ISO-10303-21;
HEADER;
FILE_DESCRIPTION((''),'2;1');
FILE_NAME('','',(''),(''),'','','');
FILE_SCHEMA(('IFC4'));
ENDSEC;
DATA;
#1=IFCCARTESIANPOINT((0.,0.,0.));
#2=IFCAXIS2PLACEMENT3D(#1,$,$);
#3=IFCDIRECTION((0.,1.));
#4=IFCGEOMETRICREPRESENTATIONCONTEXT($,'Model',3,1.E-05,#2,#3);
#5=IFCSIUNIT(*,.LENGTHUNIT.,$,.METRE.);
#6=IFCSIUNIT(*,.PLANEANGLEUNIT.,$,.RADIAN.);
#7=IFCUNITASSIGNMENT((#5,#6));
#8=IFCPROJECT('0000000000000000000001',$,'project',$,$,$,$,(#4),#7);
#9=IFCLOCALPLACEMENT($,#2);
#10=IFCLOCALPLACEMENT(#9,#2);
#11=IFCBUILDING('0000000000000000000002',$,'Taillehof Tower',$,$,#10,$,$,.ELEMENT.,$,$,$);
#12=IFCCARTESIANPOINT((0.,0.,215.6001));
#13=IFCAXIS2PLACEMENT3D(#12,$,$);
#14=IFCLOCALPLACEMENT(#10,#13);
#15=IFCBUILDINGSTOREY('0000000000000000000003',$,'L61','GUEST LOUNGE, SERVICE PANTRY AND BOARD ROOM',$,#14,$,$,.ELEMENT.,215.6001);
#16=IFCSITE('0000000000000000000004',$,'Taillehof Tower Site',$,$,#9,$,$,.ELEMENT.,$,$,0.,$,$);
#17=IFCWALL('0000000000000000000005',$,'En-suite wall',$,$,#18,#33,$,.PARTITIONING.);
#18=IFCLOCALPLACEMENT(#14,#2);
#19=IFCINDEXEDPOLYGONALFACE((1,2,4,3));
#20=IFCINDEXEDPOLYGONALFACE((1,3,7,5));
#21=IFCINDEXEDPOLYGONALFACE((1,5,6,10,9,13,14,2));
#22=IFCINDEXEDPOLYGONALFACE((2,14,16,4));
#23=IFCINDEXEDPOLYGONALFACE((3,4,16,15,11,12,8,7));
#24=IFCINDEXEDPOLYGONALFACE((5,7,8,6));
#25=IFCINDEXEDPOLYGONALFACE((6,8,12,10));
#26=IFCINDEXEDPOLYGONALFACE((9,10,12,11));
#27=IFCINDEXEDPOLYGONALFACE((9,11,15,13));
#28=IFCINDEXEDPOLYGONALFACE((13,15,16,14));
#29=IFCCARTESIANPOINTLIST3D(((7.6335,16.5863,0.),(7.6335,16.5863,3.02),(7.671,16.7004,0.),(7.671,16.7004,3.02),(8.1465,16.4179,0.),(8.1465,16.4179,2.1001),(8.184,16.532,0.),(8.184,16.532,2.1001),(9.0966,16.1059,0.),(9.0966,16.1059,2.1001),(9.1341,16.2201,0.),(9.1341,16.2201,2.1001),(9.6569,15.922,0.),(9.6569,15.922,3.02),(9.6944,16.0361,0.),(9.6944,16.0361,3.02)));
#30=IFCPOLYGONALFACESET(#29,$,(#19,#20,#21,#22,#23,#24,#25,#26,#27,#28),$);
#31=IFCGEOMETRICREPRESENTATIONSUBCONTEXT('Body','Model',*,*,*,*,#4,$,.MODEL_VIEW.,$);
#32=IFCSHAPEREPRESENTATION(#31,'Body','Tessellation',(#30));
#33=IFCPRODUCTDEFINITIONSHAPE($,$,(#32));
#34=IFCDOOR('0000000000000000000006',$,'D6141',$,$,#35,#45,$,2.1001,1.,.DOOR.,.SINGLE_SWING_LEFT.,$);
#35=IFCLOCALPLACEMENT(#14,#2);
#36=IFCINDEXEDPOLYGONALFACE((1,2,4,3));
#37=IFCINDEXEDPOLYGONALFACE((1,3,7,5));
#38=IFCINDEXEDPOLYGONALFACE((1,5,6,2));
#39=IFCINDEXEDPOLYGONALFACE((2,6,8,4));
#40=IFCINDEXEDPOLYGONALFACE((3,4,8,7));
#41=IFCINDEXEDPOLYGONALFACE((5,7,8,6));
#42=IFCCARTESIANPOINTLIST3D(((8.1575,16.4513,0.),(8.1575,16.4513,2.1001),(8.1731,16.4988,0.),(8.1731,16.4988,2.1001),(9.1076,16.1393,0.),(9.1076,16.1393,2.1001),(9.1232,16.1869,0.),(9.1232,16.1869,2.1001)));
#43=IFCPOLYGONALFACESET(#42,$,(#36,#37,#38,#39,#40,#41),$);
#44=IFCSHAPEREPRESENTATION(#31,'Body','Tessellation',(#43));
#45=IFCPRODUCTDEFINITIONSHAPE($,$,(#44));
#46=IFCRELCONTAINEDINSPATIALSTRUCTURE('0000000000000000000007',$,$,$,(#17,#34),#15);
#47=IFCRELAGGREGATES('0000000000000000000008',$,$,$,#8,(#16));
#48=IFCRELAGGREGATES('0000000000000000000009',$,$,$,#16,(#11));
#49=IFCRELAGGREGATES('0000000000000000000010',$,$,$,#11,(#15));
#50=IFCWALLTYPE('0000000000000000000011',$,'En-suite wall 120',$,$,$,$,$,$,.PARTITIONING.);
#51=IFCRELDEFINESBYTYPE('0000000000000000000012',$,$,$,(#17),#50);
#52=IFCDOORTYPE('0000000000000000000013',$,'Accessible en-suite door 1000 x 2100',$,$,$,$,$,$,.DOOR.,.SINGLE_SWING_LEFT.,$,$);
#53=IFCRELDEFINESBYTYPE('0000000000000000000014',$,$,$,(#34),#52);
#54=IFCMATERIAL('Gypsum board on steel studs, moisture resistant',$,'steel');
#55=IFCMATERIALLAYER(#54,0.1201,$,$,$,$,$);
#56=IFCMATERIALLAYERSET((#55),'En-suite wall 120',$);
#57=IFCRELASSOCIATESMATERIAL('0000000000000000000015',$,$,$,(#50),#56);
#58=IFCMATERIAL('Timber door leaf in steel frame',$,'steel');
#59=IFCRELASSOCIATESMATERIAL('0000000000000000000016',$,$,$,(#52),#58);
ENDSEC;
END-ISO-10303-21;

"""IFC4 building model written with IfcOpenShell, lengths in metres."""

from ifc_helpers import new_model, si_unit, direction, frame, frame_2d, origin, place, context, subcontext, project, spatial, rectangle, extrude, material, layer, layer_set, type_object, element, fill, save


model = new_model("IFC4")

# Units and contexts
model_context = context("Model", 3, precision=1e-05, world=origin(), true_north=direction((0.0, 1.0)))
body_context = subcontext(model_context, "Body", "Model", "MODEL_VIEW")
ifc_project = project(units=[si_unit("LENGTHUNIT", "METRE"), si_unit("PLANEANGLEUNIT", "RADIAN")], contexts=[model_context])

# Site, building, storey
site_placement = place(None, origin())
site = spatial("IfcSite", under=ifc_project, at=site_placement, Name="Taillehof Tower Site", CompositionType="ELEMENT", RefElevation=0.0)
building_placement = place(site_placement, origin())
building = spatial("IfcBuilding", under=site, at=building_placement, Name="Taillehof Tower", CompositionType="ELEMENT")
storey_placement = place(building_placement, frame((0.0, 0.0, 215.6001)))
storey = spatial("IfcBuildingStorey", under=building, at=storey_placement, Name="L61", Description="GUEST LOUNGE, SERVICE PANTRY AND BOARD ROOM", CompositionType="ELEMENT", Elevation=215.6001)

# Wall, opening, door
ifc_material_1 = material(Name="Gypsum board on steel studs, moisture resistant", Category="steel")
ifc_layer_1 = layer(ifc_material_1, 0.1201)
ifc_layer_set_1 = layer_set([ifc_layer_1], Name="En-suite wall 120")
wall_type_1 = type_object("IfcWallType", Name="En-suite wall 120", PredefinedType="PARTITIONING", material=ifc_layer_set_1)
wall_1_placement = place(storey_placement, frame((9.6758, 15.979, 0.0), z_axis=(0.0, 0.0, 1.0), x_axis=(-0.950107, 0.311926, 0.0)))
wall_1 = element("IfcWall", 1, at=wall_1_placement, inside=storey, type_object=wall_type_1, Name="En-suite wall", PredefinedType="PARTITIONING", context=body_context, shape_type="SweptSolid", body=[
    extrude(rectangle(XDim=2.1296, YDim=0.1201, at=frame_2d((1.0649, 0.0))), origin(), (0.0, 0.0, 1.0), 3.02),
])
opening_1_placement = place(wall_1_placement, frame((0.5898, 0.0, 0.0)))
opening_1 = element("IfcOpeningElement", 2, at=opening_1_placement, cuts=wall_1, PredefinedType="OPENING", context=body_context, shape_type="SweptSolid", body=[
    extrude(rectangle(XDim=1.0, YDim=2.1001, at=frame_2d((0.5, 1.05))), frame((0.0, 0.0701, 0.0), z_axis=(0.0, -1.0, 0.0), x_axis=(1.0, 0.0, 0.0)), (0.0, 0.0, 1.0), 0.1401),
])
ifc_material_2 = material(Name="Timber door leaf in steel frame", Category="steel")
door_type_1 = type_object("IfcDoorType", Name="Accessible en-suite door 1000 x 2100", OperationType="SINGLE_SWING_LEFT", PredefinedType="DOOR", material=ifc_material_2)
door_1_placement = place(opening_1_placement, origin())
door_1 = element("IfcDoor", 3, at=door_1_placement, inside=storey, type_object=door_type_1, Name="D6141", OperationType="SINGLE_SWING_LEFT", OverallHeight=2.1001, OverallWidth=1.0, PredefinedType="DOOR", context=body_context, shape_type="SweptSolid", body=[
    extrude(rectangle(XDim=1.0, YDim=2.1001, at=frame_2d((0.5, 1.05))), frame((0.0, 0.0249, 0.0), z_axis=(0.0, -1.0, 0.0), x_axis=(1.0, 0.0, 0.0)), (0.0, 0.0, 1.0), 0.05),
])
fill(opening_1, door_1)

save(model, "model.ifc")
